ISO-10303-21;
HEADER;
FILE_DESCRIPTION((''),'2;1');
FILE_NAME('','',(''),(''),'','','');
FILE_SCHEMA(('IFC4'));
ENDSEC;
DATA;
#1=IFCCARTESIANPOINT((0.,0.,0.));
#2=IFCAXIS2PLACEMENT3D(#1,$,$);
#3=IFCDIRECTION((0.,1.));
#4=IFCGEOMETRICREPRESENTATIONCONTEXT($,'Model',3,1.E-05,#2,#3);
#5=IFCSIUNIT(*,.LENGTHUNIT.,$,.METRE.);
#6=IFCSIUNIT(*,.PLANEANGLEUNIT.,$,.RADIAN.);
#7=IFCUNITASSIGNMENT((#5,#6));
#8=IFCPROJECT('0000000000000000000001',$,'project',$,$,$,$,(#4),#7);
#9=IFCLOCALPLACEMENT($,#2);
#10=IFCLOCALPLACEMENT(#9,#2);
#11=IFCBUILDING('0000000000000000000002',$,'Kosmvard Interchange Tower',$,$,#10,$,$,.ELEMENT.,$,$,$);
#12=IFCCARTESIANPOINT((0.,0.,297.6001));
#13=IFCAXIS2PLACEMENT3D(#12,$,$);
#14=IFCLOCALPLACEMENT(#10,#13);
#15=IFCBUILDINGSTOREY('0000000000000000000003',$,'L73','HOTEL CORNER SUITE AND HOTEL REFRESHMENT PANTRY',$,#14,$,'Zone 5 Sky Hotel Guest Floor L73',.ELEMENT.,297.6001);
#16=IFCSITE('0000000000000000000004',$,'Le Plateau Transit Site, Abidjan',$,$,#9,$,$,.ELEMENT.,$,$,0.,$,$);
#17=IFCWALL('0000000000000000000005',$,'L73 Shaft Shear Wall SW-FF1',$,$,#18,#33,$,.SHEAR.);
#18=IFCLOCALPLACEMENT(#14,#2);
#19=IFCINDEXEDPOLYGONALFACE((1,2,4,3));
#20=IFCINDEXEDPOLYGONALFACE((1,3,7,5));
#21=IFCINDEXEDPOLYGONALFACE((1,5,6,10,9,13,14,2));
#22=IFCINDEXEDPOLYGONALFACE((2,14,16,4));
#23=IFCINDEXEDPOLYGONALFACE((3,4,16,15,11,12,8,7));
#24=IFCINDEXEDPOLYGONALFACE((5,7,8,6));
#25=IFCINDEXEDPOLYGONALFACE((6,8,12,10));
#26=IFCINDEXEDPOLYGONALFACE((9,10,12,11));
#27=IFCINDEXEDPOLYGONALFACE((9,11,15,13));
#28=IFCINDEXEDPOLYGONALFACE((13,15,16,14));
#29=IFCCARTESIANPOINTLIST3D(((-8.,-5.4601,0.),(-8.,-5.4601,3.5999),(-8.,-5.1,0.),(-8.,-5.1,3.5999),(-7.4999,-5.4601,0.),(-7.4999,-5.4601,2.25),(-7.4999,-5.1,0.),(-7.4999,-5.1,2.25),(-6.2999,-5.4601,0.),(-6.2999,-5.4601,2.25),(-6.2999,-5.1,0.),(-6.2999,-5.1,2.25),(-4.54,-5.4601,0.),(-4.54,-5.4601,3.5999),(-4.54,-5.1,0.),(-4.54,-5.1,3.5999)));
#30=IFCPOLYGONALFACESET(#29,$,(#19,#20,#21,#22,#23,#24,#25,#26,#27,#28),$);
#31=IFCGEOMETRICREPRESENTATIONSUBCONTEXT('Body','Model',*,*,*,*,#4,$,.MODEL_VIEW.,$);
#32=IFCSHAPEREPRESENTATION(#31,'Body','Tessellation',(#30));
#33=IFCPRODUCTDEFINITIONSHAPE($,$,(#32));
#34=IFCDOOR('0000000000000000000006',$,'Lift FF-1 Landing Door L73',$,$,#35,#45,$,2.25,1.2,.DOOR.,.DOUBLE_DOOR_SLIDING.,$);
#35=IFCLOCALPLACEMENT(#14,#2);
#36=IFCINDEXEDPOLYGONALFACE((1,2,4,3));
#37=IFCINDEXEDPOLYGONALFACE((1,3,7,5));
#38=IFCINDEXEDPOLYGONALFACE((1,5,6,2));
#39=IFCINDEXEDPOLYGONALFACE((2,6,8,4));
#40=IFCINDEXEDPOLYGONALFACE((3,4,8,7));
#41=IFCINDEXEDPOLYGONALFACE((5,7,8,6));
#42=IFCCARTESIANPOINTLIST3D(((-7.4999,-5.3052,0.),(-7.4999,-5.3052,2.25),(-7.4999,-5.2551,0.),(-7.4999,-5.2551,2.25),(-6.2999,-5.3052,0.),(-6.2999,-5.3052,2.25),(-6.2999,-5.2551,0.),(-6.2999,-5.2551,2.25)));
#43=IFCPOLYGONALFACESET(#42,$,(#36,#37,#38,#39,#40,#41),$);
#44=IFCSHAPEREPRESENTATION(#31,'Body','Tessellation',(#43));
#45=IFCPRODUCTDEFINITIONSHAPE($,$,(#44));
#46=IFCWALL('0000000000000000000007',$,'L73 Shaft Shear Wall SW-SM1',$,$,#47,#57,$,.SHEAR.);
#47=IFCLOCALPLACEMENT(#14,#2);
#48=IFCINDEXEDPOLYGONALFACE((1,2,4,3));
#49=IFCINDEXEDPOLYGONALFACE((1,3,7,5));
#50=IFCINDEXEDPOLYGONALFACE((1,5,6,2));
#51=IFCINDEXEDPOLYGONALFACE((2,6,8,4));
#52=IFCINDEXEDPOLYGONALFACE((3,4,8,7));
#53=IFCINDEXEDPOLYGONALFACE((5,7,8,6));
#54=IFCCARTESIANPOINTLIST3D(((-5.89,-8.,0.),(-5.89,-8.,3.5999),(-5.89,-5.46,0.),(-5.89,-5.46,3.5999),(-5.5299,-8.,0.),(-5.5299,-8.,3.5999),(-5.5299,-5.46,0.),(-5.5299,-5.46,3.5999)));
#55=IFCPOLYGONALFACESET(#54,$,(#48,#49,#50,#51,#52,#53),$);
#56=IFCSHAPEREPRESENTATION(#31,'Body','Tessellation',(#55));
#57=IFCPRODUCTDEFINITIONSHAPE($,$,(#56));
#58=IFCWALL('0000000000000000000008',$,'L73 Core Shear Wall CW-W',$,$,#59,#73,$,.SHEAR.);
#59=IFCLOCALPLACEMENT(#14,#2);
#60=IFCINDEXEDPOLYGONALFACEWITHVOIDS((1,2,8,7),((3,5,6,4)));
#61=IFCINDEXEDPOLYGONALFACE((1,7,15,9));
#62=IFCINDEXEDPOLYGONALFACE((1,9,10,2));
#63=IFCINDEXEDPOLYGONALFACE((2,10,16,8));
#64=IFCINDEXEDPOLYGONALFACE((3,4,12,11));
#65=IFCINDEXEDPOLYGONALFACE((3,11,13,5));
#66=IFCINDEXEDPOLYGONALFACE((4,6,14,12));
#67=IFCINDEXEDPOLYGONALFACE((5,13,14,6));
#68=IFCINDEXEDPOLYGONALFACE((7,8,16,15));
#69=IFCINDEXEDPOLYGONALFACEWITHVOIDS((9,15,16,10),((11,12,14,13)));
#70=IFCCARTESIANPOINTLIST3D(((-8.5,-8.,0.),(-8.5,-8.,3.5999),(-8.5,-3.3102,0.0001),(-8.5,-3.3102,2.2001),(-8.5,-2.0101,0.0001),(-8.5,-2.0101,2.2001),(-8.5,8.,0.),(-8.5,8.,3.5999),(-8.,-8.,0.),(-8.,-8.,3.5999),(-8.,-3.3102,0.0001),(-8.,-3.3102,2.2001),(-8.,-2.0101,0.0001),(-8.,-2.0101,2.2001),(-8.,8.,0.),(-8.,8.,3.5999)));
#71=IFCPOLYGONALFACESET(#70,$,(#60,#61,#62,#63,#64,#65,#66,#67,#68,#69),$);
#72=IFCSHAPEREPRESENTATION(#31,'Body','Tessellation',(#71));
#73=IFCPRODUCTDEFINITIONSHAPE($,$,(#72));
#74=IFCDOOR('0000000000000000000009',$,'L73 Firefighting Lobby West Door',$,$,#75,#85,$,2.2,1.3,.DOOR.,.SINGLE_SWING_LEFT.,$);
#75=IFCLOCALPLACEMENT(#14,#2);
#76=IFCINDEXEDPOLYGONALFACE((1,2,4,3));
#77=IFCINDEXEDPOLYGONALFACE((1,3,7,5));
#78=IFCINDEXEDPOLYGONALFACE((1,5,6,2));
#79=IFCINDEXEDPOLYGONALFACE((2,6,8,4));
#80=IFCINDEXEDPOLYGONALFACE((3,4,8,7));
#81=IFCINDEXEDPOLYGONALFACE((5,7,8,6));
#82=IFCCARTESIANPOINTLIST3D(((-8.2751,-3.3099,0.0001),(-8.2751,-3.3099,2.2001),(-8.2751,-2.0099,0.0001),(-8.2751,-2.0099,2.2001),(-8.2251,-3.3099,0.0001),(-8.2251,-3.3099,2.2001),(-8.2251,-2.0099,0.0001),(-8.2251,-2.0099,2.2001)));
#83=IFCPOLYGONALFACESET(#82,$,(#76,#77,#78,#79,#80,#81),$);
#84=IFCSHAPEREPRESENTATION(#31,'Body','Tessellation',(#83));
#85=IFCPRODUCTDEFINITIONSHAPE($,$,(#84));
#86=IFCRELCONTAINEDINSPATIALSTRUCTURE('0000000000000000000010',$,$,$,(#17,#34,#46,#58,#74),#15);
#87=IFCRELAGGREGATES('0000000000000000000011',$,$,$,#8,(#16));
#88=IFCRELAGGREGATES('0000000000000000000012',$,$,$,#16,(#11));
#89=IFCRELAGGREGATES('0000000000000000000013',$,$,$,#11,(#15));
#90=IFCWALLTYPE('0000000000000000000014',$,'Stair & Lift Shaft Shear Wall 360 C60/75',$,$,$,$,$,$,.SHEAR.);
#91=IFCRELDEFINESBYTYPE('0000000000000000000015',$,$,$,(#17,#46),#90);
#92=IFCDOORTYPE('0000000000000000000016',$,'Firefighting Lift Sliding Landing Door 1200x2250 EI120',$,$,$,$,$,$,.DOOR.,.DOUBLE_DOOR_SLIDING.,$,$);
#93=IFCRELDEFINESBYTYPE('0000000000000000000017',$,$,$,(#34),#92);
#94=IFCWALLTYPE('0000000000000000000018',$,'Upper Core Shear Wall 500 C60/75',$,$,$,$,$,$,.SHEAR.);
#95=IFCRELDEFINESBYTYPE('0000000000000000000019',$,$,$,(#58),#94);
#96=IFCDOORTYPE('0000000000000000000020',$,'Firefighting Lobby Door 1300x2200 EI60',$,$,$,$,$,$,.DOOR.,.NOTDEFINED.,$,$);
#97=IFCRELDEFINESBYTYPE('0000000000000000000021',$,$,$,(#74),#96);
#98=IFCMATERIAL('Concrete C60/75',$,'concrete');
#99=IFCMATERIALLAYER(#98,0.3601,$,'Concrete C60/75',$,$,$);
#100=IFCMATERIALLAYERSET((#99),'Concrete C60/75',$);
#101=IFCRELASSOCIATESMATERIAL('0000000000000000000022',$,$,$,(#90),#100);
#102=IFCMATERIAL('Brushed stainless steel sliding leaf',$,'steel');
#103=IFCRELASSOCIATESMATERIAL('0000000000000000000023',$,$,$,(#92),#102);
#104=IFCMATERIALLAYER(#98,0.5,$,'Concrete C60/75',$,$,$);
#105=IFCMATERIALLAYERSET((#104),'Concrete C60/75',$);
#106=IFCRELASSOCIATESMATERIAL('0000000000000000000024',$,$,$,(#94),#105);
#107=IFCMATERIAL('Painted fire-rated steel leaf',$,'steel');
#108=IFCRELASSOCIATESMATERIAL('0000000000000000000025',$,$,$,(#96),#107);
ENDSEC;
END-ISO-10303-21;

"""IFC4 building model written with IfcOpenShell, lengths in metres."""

from ifc_helpers import new_model, si_unit, direction, frame, frame_2d, origin, place, context, subcontext, project, spatial, rectangle, extrude, source, transform, mapped, material, layer, layer_set, type_object, element, fill, save


model = new_model("IFC4")

# Units and contexts
model_context = context("Model", 3, precision=1e-05, world=origin(), true_north=direction((0.0, 1.0)))
body_context = subcontext(model_context, "Body", "Model", "MODEL_VIEW")
ifc_project = project(units=[si_unit("LENGTHUNIT", "METRE"), si_unit("PLANEANGLEUNIT", "RADIAN")], contexts=[model_context])

# Site, building, storey
site_placement = place(None, origin())
site = spatial("IfcSite", under=ifc_project, at=site_placement, Name="Le Plateau Transit Site, Abidjan", CompositionType="ELEMENT", RefElevation=0.0)
building_placement = place(site_placement, origin())
building = spatial("IfcBuilding", under=site, at=building_placement, Name="Kosmvard Interchange Tower", CompositionType="ELEMENT")
storey_placement = place(building_placement, frame((0.0, 0.0, 297.6001)))
storey = spatial("IfcBuildingStorey", under=building, at=storey_placement, Name="L73", Description="HOTEL CORNER SUITE AND HOTEL REFRESHMENT PANTRY", LongName="Zone 5 Sky Hotel Guest Floor L73", CompositionType="ELEMENT", Elevation=297.6001)

# Shared definitions
ifc_material_1 = material(Name="Painted fire-rated steel leaf", Category="steel")
ifc_material_2 = material(Name="Brushed stainless steel sliding leaf", Category="steel")

# Shared definitions
ifc_material_3 = material(Name="Concrete C60/75", Category="concrete")
ifc_layer_1 = layer(ifc_material_3, 0.3601, Name="Concrete C60/75")
ifc_layer_set_1 = layer_set([ifc_layer_1], Name="Concrete C60/75")
wall_type_1 = type_object("IfcWallType", Name="Stair & Lift Shaft Shear Wall 360 C60/75", PredefinedType="SHEAR", material=ifc_layer_set_1)

# Wall, opening, door
wall_1_placement = place(storey_placement, frame((-8.0, -5.28, 0.0), z_axis=(0.0, 0.0, 1.0), x_axis=(1.0, 0.0, 0.0)))
wall_1 = element("IfcWall", 1, at=wall_1_placement, inside=storey, type_object=wall_type_1, Name="L73 Shaft Shear Wall SW-FF1", PredefinedType="SHEAR", context=body_context, shape_type="SweptSolid", body=[
    extrude(rectangle(XDim=3.46, YDim=0.3601, at=frame_2d((1.73, 0.0))), origin(), (0.0, 0.0, 1.0), 3.5999),
])
opening_1_placement = place(wall_1_placement, frame((0.5, 0.0, 0.0)))
opening_1 = element("IfcOpeningElement", 2, at=opening_1_placement, cuts=wall_1, PredefinedType="OPENING", context=body_context, shape_type="SweptSolid", body=[
    extrude(rectangle(XDim=1.2, YDim=2.25, at=frame_2d((0.6001, 1.125))), frame((0.0, 0.1899, 0.0), z_axis=(0.0, -1.0, 0.0), x_axis=(1.0, 0.0, 0.0)), (0.0, 0.0, 1.0), 0.3801),
])
door_type_1 = type_object("IfcDoorType", Name="Firefighting Lift Sliding Landing Door 1200x2250 EI120", OperationType="DOUBLE_DOOR_SLIDING", PredefinedType="DOOR", material=ifc_material_2)
shared_shape_1 = source(origin(), body_context, "Body", "SweptSolid", [
    extrude(rectangle(XDim=1.2, YDim=2.25, at=frame_2d((0.6001, 1.125))), frame((0.0, 0.0249, 0.0), z_axis=(0.0, -1.0, 0.0), x_axis=(1.0, 0.0, 0.0)), (0.0, 0.0, 1.0), 0.05),
])
door_1_placement = place(opening_1_placement, origin())
door_1 = element("IfcDoor", 3, at=door_1_placement, inside=storey, type_object=door_type_1, Name="Lift FF-1 Landing Door L73", OperationType="DOUBLE_DOOR_SLIDING", OverallHeight=2.25, OverallWidth=1.2, PredefinedType="DOOR", context=body_context, shape_type="MappedRepresentation", body=[
    mapped(shared_shape_1, transform((0.0, 0.0, 0.0), scale=1.0)),
])
fill(opening_1, door_1)

# Wall
wall_2_placement = place(storey_placement, frame((-5.71, -8.0, 0.0), z_axis=(0.0, 0.0, 1.0), x_axis=(0.0, 1.0, 0.0)))
element("IfcWall", 4, at=wall_2_placement, inside=storey, type_object=wall_type_1, Name="L73 Shaft Shear Wall SW-SM1", PredefinedType="SHEAR", context=body_context, shape_type="SweptSolid", body=[
    extrude(rectangle(XDim=2.54, YDim=0.3601, at=frame_2d((1.27, 0.0))), origin(), (0.0, 0.0, 1.0), 3.5999),
])

# Wall, opening, door
ifc_layer_2 = layer(ifc_material_3, 0.5, Name="Concrete C60/75")
ifc_layer_set_2 = layer_set([ifc_layer_2], Name="Concrete C60/75")
wall_type_2 = type_object("IfcWallType", Name="Upper Core Shear Wall 500 C60/75", PredefinedType="SHEAR", material=ifc_layer_set_2)
wall_3_placement = place(storey_placement, frame((-8.25, -8.0, 0.0), z_axis=(0.0, 0.0, 1.0), x_axis=(0.0, 1.0, 0.0)))
wall_3 = element("IfcWall", 5, at=wall_3_placement, inside=storey, type_object=wall_type_2, Name="L73 Core Shear Wall CW-W", PredefinedType="SHEAR", context=body_context, shape_type="SweptSolid", body=[
    extrude(rectangle(XDim=16.0, YDim=0.5, at=frame_2d((8.0, 0.0))), origin(), (0.0, 0.0, 1.0), 3.5999),
])
opening_2_placement = place(wall_3_placement, frame((4.6899, 0.0, 0.0)))
opening_2 = element("IfcOpeningElement", 6, at=opening_2_placement, cuts=wall_3, PredefinedType="OPENING", context=body_context, shape_type="SweptSolid", body=[
    extrude(rectangle(XDim=1.3, YDim=2.2, at=frame_2d((0.6499, 1.1001))), frame((0.0, 0.26, 0.0), z_axis=(0.0, -1.0, 0.0), x_axis=(1.0, 0.0, 0.0)), (0.0, 0.0, 1.0), 0.52),
])
door_type_2 = type_object("IfcDoorType", Name="Firefighting Lobby Door 1300x2200 EI60", OperationType="NOTDEFINED", PredefinedType="DOOR", material=ifc_material_1)
shared_shape_2 = source(origin(), body_context, "Body", "SweptSolid", [
    extrude(rectangle(XDim=1.3, YDim=2.2, at=frame_2d((0.6499, 1.1001))), frame((0.0, 0.0249, 0.0), z_axis=(0.0, -1.0, 0.0), x_axis=(1.0, 0.0, 0.0)), (0.0, 0.0, 1.0), 0.05),
])
door_2_placement = place(opening_2_placement, frame((1.3, 0.0, 0.0), z_axis=(0.0, 0.0, 1.0), x_axis=(-1.0, 0.0, 0.0)))
door_2 = element("IfcDoor", 7, at=door_2_placement, inside=storey, type_object=door_type_2, Name="L73 Firefighting Lobby West Door", OperationType="SINGLE_SWING_LEFT", OverallHeight=2.2, OverallWidth=1.3, PredefinedType="DOOR", context=body_context, shape_type="MappedRepresentation", body=[
    mapped(shared_shape_2, transform((0.0, 0.0, 0.0), scale=1.0)),
])
fill(opening_2, door_2)

save(model, "model.ifc")
